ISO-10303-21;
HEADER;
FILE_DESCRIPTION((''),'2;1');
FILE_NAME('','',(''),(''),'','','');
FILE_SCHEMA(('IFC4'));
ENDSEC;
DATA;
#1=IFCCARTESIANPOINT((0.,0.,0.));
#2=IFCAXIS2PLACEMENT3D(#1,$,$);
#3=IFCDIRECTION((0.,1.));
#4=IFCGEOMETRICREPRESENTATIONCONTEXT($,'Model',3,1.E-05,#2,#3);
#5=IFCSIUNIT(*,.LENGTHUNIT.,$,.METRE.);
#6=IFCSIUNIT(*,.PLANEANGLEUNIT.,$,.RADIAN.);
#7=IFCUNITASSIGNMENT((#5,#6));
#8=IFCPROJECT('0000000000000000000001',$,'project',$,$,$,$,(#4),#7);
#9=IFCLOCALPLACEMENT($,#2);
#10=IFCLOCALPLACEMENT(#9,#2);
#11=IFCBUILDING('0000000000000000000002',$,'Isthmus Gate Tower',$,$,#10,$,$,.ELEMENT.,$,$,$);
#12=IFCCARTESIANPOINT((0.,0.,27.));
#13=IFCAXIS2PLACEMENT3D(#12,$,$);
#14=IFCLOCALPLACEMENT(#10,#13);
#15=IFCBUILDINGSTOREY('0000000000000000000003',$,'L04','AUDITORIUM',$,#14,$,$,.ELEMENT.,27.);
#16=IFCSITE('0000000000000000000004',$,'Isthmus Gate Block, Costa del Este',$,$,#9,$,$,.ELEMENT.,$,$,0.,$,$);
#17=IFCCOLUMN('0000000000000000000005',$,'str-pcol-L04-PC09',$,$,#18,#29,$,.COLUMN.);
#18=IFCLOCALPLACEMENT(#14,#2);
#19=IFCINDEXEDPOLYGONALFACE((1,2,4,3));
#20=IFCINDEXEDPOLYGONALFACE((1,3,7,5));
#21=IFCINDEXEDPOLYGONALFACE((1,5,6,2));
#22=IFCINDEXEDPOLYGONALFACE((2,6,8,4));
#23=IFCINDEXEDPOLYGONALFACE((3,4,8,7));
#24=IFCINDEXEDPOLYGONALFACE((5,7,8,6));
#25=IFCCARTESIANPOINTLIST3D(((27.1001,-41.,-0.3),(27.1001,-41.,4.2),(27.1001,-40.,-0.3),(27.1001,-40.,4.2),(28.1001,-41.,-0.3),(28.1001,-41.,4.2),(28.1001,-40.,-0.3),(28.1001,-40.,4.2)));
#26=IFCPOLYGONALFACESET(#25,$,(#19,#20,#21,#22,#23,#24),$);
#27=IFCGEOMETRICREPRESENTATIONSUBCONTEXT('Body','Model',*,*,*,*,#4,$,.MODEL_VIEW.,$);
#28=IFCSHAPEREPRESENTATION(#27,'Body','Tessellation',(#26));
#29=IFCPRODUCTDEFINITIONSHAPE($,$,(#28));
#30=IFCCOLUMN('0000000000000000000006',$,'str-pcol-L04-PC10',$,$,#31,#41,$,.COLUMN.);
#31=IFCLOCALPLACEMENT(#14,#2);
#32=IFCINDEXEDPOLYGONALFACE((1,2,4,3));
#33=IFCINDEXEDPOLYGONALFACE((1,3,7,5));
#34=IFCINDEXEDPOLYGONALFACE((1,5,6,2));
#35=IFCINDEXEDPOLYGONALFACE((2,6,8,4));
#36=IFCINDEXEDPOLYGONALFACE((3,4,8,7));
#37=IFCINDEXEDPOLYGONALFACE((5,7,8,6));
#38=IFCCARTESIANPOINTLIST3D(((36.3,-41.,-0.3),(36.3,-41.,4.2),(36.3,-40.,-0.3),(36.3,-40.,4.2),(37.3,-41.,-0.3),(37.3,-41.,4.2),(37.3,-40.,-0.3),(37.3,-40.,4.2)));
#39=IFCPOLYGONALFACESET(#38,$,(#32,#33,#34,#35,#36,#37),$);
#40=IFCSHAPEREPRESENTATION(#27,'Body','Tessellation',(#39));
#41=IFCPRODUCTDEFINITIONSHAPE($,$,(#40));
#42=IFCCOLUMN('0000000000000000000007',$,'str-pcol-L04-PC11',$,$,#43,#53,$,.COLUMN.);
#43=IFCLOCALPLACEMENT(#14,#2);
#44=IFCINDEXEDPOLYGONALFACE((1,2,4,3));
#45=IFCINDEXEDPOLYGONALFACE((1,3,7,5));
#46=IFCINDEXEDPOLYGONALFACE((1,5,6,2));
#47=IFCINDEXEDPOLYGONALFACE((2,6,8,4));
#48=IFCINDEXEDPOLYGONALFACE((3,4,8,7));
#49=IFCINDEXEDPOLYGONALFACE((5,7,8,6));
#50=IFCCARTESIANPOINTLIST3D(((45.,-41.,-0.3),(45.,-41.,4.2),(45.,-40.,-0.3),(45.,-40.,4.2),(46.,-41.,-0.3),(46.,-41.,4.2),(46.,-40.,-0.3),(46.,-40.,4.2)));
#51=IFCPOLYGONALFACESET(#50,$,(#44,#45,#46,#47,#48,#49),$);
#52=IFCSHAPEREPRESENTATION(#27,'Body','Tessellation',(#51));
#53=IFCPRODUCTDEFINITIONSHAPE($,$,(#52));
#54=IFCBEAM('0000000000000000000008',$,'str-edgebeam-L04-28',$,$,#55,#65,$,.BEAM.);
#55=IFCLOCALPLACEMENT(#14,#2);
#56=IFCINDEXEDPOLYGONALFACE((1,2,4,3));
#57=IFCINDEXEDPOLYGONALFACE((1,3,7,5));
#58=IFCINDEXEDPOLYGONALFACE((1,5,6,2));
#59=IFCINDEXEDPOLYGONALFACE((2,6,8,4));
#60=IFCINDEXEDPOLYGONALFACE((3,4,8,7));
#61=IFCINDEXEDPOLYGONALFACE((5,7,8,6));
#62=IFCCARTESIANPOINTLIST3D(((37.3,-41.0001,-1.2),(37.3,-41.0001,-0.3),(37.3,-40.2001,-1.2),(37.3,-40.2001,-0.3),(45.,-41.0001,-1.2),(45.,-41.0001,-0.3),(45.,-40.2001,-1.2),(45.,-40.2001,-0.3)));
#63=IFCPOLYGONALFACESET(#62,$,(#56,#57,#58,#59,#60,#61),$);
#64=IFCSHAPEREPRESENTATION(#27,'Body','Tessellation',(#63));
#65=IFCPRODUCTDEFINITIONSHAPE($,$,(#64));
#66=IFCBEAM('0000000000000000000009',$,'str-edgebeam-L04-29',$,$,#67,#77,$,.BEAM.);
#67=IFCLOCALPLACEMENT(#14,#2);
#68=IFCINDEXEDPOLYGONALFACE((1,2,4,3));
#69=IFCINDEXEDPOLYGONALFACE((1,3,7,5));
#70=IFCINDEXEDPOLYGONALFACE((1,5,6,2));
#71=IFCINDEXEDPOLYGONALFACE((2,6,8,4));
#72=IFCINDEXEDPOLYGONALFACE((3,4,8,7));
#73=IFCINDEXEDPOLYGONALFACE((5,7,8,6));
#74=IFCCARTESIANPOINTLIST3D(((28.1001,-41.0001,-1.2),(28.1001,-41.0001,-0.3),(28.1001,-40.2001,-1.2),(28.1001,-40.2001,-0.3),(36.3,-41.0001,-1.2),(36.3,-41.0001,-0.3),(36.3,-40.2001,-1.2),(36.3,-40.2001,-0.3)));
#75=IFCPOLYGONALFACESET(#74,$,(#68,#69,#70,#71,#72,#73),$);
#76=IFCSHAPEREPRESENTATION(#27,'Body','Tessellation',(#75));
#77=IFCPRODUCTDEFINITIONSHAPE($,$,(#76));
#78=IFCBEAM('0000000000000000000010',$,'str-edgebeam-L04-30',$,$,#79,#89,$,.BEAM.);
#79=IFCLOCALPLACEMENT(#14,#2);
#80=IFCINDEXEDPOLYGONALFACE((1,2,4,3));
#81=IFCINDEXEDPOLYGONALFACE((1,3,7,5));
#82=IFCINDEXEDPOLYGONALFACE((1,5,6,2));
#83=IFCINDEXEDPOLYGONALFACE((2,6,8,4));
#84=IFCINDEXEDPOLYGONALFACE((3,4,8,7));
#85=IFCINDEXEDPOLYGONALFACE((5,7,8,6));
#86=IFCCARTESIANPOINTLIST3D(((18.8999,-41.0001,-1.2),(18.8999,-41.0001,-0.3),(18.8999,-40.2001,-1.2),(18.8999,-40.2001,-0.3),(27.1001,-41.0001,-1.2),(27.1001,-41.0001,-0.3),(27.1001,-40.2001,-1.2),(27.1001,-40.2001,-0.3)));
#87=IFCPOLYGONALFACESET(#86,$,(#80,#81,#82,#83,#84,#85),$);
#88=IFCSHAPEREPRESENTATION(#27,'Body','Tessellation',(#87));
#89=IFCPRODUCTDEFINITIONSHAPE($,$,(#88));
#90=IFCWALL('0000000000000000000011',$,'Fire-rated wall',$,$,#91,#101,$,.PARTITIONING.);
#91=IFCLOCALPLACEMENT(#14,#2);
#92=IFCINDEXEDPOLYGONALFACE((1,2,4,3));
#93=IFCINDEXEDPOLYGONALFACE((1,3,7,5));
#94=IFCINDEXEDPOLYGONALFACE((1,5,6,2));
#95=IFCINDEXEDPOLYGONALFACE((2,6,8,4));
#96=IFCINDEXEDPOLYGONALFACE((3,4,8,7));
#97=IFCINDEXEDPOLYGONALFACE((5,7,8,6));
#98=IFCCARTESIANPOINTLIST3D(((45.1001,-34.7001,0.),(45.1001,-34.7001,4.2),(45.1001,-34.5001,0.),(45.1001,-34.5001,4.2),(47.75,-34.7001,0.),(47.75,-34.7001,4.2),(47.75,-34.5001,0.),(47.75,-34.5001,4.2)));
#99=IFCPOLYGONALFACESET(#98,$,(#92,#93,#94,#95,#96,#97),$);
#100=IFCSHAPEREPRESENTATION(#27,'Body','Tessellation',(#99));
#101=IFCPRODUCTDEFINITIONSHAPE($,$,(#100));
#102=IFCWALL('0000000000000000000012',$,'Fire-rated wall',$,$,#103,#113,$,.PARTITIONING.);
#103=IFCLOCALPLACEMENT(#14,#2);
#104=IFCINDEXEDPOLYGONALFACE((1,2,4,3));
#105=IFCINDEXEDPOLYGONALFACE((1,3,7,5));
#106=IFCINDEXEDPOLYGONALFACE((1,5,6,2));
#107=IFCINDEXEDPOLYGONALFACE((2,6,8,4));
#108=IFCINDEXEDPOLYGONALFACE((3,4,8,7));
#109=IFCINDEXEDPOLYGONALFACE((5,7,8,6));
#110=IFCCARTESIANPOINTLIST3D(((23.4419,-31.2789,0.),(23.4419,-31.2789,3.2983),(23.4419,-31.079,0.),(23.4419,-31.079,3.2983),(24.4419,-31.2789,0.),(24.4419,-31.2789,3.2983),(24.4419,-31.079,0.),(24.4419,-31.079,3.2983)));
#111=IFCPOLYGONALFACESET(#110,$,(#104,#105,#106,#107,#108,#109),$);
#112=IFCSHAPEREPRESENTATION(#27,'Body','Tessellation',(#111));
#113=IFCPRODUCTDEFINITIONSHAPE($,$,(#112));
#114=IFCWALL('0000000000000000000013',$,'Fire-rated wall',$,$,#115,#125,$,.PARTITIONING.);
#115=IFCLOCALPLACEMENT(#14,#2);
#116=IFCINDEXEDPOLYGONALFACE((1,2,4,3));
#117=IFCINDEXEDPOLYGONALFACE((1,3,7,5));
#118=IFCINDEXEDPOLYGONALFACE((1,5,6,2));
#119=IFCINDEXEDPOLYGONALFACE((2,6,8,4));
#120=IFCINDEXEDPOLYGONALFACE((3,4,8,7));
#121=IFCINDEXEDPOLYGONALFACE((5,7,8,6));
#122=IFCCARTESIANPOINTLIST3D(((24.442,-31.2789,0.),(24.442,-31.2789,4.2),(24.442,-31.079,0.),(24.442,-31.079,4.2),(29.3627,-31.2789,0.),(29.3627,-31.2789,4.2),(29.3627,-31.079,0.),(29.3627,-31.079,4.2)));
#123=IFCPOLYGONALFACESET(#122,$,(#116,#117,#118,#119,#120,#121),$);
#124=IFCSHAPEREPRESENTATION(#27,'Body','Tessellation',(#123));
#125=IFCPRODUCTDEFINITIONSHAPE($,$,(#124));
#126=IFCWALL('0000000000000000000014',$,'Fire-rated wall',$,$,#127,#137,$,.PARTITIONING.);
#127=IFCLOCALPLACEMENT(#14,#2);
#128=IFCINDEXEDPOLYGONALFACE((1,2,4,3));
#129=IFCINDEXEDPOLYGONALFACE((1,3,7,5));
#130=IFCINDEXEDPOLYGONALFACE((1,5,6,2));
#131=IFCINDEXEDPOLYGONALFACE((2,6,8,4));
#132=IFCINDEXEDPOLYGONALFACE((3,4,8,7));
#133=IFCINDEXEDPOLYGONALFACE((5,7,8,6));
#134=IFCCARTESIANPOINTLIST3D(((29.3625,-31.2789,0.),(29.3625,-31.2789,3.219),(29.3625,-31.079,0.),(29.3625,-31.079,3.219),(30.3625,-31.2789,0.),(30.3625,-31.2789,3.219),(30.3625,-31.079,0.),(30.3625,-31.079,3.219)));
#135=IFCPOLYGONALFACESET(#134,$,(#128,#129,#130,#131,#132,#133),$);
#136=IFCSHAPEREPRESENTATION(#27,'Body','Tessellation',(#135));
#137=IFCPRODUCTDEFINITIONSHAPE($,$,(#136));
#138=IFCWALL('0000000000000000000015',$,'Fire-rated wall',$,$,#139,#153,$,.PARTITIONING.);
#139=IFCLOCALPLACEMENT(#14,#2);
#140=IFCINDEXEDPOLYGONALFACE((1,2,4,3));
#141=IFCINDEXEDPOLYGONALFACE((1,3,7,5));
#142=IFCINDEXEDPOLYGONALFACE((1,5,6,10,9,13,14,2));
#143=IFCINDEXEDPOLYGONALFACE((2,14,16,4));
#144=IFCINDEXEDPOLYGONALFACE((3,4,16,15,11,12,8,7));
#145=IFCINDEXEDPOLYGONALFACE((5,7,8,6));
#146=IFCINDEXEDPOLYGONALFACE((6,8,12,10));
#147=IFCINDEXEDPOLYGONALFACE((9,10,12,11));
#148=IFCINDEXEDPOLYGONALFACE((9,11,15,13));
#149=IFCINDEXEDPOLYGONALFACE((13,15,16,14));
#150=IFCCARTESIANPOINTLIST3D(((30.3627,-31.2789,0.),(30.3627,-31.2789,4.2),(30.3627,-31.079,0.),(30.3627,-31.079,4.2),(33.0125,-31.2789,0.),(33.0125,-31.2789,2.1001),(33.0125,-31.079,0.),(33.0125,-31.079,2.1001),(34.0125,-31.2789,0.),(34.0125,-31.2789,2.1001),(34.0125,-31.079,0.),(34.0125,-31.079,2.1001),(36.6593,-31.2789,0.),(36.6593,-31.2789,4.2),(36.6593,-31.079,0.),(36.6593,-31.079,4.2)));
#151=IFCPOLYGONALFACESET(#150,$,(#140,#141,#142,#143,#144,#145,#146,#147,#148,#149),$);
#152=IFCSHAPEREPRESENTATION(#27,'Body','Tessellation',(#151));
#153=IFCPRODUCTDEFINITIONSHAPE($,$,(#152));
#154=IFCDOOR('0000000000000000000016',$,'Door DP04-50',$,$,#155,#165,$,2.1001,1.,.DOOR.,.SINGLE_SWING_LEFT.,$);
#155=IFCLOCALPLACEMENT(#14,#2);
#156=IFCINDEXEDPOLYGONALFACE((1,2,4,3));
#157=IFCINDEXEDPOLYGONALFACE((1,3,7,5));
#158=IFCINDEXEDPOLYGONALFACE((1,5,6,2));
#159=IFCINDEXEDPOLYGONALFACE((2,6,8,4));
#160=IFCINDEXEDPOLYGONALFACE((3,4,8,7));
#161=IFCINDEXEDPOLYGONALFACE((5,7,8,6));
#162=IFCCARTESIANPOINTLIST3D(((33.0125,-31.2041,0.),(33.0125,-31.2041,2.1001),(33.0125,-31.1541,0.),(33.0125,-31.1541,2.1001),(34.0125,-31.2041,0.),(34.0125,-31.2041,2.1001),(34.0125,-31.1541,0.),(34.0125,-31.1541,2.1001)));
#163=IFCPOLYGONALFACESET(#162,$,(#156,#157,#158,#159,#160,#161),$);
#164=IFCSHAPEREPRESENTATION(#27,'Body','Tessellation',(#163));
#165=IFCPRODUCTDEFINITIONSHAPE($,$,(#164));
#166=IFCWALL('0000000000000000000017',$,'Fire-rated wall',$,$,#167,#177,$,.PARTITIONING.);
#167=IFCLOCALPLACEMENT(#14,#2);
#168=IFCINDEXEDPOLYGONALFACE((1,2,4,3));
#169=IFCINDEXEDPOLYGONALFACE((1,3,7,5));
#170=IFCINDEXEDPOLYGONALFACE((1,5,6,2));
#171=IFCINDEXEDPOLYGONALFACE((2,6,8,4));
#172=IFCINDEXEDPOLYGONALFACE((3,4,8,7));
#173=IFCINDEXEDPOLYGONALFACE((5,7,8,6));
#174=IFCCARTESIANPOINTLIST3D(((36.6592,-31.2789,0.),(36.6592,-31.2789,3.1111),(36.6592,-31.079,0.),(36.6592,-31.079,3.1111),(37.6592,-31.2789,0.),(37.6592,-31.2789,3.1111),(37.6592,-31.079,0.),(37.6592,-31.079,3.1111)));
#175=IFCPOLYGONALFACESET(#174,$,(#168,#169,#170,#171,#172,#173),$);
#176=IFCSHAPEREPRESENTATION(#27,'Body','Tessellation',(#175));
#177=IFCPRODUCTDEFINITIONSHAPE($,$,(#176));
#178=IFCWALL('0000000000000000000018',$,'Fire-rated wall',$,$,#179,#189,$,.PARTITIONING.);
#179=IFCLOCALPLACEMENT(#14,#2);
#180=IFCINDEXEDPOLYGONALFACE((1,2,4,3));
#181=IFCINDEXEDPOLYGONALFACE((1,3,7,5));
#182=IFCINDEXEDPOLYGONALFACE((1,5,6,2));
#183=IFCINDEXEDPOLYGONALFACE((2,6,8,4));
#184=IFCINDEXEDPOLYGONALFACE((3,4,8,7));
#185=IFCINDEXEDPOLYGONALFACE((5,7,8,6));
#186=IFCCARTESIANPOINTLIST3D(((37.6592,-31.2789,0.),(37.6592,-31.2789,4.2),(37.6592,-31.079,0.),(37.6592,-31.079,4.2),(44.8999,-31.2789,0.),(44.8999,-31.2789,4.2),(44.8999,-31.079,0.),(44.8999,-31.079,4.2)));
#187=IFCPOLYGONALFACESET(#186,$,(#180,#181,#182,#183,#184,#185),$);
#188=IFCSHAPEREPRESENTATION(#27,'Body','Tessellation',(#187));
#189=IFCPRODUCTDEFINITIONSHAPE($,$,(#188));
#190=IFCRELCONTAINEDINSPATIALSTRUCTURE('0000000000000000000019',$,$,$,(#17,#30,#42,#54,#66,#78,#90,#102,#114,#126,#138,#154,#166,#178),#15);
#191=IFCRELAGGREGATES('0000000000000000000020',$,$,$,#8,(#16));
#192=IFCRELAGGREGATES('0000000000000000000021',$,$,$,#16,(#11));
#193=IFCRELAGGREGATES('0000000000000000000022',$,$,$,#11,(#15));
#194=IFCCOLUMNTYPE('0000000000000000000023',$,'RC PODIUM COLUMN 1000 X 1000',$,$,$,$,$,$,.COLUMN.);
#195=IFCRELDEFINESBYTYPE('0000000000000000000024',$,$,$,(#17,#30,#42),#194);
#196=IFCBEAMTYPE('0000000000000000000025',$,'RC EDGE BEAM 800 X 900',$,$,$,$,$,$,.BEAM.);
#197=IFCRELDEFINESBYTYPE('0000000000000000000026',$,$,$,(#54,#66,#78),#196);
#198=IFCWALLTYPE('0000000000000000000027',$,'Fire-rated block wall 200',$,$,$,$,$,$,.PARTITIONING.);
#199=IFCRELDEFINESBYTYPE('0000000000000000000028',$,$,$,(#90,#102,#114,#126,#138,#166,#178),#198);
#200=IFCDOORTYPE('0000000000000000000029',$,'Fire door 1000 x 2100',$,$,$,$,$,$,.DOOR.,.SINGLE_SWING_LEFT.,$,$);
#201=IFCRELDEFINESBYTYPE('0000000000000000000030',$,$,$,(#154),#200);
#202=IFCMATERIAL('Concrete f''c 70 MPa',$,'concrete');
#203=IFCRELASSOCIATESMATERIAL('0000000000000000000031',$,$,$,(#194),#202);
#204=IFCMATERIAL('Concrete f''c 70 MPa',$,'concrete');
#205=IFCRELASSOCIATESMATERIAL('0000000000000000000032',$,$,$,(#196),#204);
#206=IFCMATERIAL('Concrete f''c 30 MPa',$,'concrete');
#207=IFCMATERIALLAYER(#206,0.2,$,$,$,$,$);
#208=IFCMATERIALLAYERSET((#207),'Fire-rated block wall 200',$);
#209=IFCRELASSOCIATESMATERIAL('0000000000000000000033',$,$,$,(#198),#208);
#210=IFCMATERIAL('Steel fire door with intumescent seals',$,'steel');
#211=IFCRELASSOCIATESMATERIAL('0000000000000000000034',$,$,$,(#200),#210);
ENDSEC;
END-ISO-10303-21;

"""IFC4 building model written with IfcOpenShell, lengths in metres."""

from ifc_helpers import new_model, si_unit, direction, frame, frame_2d, origin, origin_2d, place, context, subcontext, project, spatial, rectangle, extrude, material, layer, layer_set, material_profile, profile_set, type_object, element, fill, save


model = new_model("IFC4")

# Units and contexts
model_context = context("Model", 3, precision=1e-05, world=origin(), true_north=direction((0.0, 1.0)))
body_context = subcontext(model_context, "Body", "Model", "MODEL_VIEW")
ifc_project = project(units=[si_unit("LENGTHUNIT", "METRE"), si_unit("PLANEANGLEUNIT", "RADIAN")], contexts=[model_context])

# Site, building, storey
site_placement = place(None, origin())
site = spatial("IfcSite", under=ifc_project, at=site_placement, Name="Isthmus Gate Block, Costa del Este", CompositionType="ELEMENT", RefElevation=0.0)
building_placement = place(site_placement, origin())
building = spatial("IfcBuilding", under=site, at=building_placement, Name="Isthmus Gate Tower", CompositionType="ELEMENT")
storey_placement = place(building_placement, frame((0.0, 0.0, 27.0)))
storey = spatial("IfcBuildingStorey", under=building, at=storey_placement, Name="L04", Description="AUDITORIUM", CompositionType="ELEMENT", Elevation=27.0)

# Columns
ifc_material_1 = material(Name="Concrete f'c 70 MPa", Category="concrete")
ifc_material_profile_1 = material_profile(ifc_material_1, rectangle(XDim=1.0, YDim=1.0, at=origin_2d()), Name="RC 1000X1000")
ifc_profile_set_1 = profile_set([ifc_material_profile_1], Name="Concrete f'c 70 MPa")
column_type = type_object("IfcColumnType", Name="RC PODIUM COLUMN 1000 X 1000", PredefinedType="COLUMN", material=ifc_profile_set_1)
for number, where, z_axis, x_axis, name in (
    (1, (27.6001, -40.5, -0.3), (0.0, 0.0, 1.0), (1.0, 0.0, 0.0), "str-pcol-L04-PC09"),
    (2, (36.8, -40.5, -0.3), (0.0, 0.0, 1.0), (1.0, 0.0, 0.0), "str-pcol-L04-PC10"),
    (3, (45.5, -40.5, -0.3), (0.0, 0.0, 1.0), (1.0, 0.0, 0.0), "str-pcol-L04-PC11"),
):
    element("IfcColumn", number, at=place(storey_placement, frame(where, z_axis=z_axis, x_axis=x_axis)), inside=storey, type_object=column_type, Name=name, PredefinedType="COLUMN", context=body_context, shape_type="SweptSolid", body=[
        extrude(rectangle(XDim=1.0, YDim=1.0, at=origin_2d()), origin(), (0.0, 0.0, 1.0), 4.5),
    ])

# Beams
ifc_material_2 = material(Name="Concrete f'c 70 MPa", Category="concrete")
ifc_material_profile_2 = material_profile(ifc_material_2, rectangle(XDim=0.8, YDim=0.8999, at=origin_2d()), Name="RC 800X900")
ifc_profile_set_2 = profile_set([ifc_material_profile_2], Name="Concrete f'c 70 MPa")
beam_type = type_object("IfcBeamType", Name="RC EDGE BEAM 800 X 900", PredefinedType="BEAM", material=ifc_profile_set_2)
beam_1_placement = place(storey_placement, frame((45.0, -40.6001, -0.75), z_axis=(-1.0, 0.0, 0.0), x_axis=(0.0, -1.0, 0.0)))
element("IfcBeam", 4, at=beam_1_placement, inside=storey, type_object=beam_type, Name="str-edgebeam-L04-28", PredefinedType="BEAM", context=body_context, shape_type="SweptSolid", body=[
    extrude(rectangle(XDim=0.8, YDim=0.8999, at=origin_2d()), origin(), (0.0, 0.0, 1.0), 7.7),
])
beam_2_placement = place(storey_placement, frame((36.3, -40.6001, -0.75), z_axis=(-1.0, 0.0, 0.0), x_axis=(0.0, -1.0, 0.0)))
element("IfcBeam", 5, at=beam_2_placement, inside=storey, type_object=beam_type, Name="str-edgebeam-L04-29", PredefinedType="BEAM", context=body_context, shape_type="SweptSolid", body=[
    extrude(rectangle(XDim=0.8, YDim=0.8999, at=origin_2d()), origin(), (0.0, 0.0, 1.0), 8.2),
])
beam_3_placement = place(storey_placement, frame((27.1001, -40.6001, -0.75), z_axis=(-1.0, 0.0, 0.0), x_axis=(0.0, -1.0, 0.0)))
element("IfcBeam", 6, at=beam_3_placement, inside=storey, type_object=beam_type, Name="str-edgebeam-L04-30", PredefinedType="BEAM", context=body_context, shape_type="SweptSolid", body=[
    extrude(rectangle(XDim=0.8, YDim=0.8999, at=origin_2d()), origin(), (0.0, 0.0, 1.0), 8.2002),
])

# Walls
ifc_material_3 = material(Name="Concrete f'c 30 MPa", Category="concrete")
ifc_layer_1 = layer(ifc_material_3, 0.2)
ifc_layer_set_1 = layer_set([ifc_layer_1], Name="Fire-rated block wall 200")
wall_type_1 = type_object("IfcWallType", Name="Fire-rated block wall 200", PredefinedType="PARTITIONING", material=ifc_layer_set_1)
wall_1_placement = place(storey_placement, frame((45.1001, -34.6001, 0.0), z_axis=(0.0, 0.0, 1.0), x_axis=(1.0, 0.0, 0.0)))
element("IfcWall", 7, at=wall_1_placement, inside=storey, type_object=wall_type_1, Name="Fire-rated wall", PredefinedType="PARTITIONING", context=body_context, shape_type="SweptSolid", body=[
    extrude(rectangle(XDim=2.6499, YDim=0.2, at=frame_2d((1.325, 0.0))), origin(), (0.0, 0.0, 1.0), 4.2),
])
wall_2_placement = place(storey_placement, frame((23.4419, -31.179, 0.0), z_axis=(0.0, 0.0, 1.0), x_axis=(1.0, 0.0, 0.0)))
element("IfcWall", 8, at=wall_2_placement, inside=storey, type_object=wall_type_1, Name="Fire-rated wall", PredefinedType="PARTITIONING", context=body_context, shape_type="SweptSolid", body=[
    extrude(rectangle(XDim=1.0, YDim=0.2, at=frame_2d((0.5, 0.0))), origin(), (0.0, 0.0, 1.0), 3.2983),
])
wall_3_placement = place(storey_placement, frame((24.4419, -31.179, 0.0), z_axis=(0.0, 0.0, 1.0), x_axis=(1.0, 0.0, 0.0)))
element("IfcWall", 9, at=wall_3_placement, inside=storey, type_object=wall_type_1, Name="Fire-rated wall", PredefinedType="PARTITIONING", context=body_context, shape_type="SweptSolid", body=[
    extrude(rectangle(XDim=4.9207, YDim=0.2, at=frame_2d((2.4604, 0.0))), origin(), (0.0, 0.0, 1.0), 4.2),
])
wall_4_placement = place(storey_placement, frame((29.3625, -31.179, 0.0), z_axis=(0.0, 0.0, 1.0), x_axis=(1.0, 0.0, 0.0)))
element("IfcWall", 10, at=wall_4_placement, inside=storey, type_object=wall_type_1, Name="Fire-rated wall", PredefinedType="PARTITIONING", context=body_context, shape_type="SweptSolid", body=[
    extrude(rectangle(XDim=1.0, YDim=0.2, at=frame_2d((0.5, 0.0))), origin(), (0.0, 0.0, 1.0), 3.219),
])

# Wall, opening, door
wall_5_placement = place(storey_placement, frame((30.3625, -31.179, 0.0), z_axis=(0.0, 0.0, 1.0), x_axis=(1.0, 0.0, 0.0)))
wall_5 = element("IfcWall", 11, at=wall_5_placement, inside=storey, type_object=wall_type_1, Name="Fire-rated wall", PredefinedType="PARTITIONING", context=body_context, shape_type="SweptSolid", body=[
    extrude(rectangle(XDim=6.2966, YDim=0.2, at=frame_2d((3.1484, 0.0))), origin(), (0.0, 0.0, 1.0), 4.2),
])
opening_1_placement = place(wall_5_placement, frame((2.6499, 0.0, 0.0)))
opening_1 = element("IfcOpeningElement", 12, at=opening_1_placement, cuts=wall_5, PredefinedType="OPENING", context=body_context, shape_type="SweptSolid", body=[
    extrude(rectangle(XDim=1.0, YDim=2.1001, at=frame_2d((0.5, 1.05))), frame((0.0, 0.1099, 0.0), z_axis=(0.0, -1.0, 0.0), x_axis=(1.0, 0.0, 0.0)), (0.0, 0.0, 1.0), 0.22),
])
ifc_material_4 = material(Name="Steel fire door with intumescent seals", Category="steel")
door_type_1 = type_object("IfcDoorType", Name="Fire door 1000 x 2100", OperationType="SINGLE_SWING_LEFT", PredefinedType="DOOR", material=ifc_material_4)
door_1_placement = place(opening_1_placement, origin())
door_1 = element("IfcDoor", 13, at=door_1_placement, inside=storey, type_object=door_type_1, Name="Door DP04-50", OperationType="SINGLE_SWING_LEFT", OverallHeight=2.1001, OverallWidth=1.0, PredefinedType="DOOR", context=body_context, shape_type="SweptSolid", body=[
    extrude(rectangle(XDim=1.0, YDim=2.1001, at=frame_2d((0.5, 1.05))), frame((0.0, 0.0249, 0.0), z_axis=(0.0, -1.0, 0.0), x_axis=(1.0, 0.0, 0.0)), (0.0, 0.0, 1.0), 0.05),
])
fill(opening_1, door_1)

# Walls
wall_6_placement = place(storey_placement, frame((36.6592, -31.179, 0.0), z_axis=(0.0, 0.0, 1.0), x_axis=(1.0, 0.0, 0.0)))
element("IfcWall", 14, at=wall_6_placement, inside=storey, type_object=wall_type_1, Name="Fire-rated wall", PredefinedType="PARTITIONING", context=body_context, shape_type="SweptSolid", body=[
    extrude(rectangle(XDim=1.0, YDim=0.2, at=frame_2d((0.5, 0.0))), origin(), (0.0, 0.0, 1.0), 3.1111),
])
wall_7_placement = place(storey_placement, frame((37.6592, -31.179, 0.0), z_axis=(0.0, 0.0, 1.0), x_axis=(1.0, 0.0, 0.0)))
element("IfcWall", 15, at=wall_7_placement, inside=storey, type_object=wall_type_1, Name="Fire-rated wall", PredefinedType="PARTITIONING", context=body_context, shape_type="SweptSolid", body=[
    extrude(rectangle(XDim=7.2407, YDim=0.2, at=frame_2d((3.6204, 0.0))), origin(), (0.0, 0.0, 1.0), 4.2),
])

save(model, "model.ifc")
